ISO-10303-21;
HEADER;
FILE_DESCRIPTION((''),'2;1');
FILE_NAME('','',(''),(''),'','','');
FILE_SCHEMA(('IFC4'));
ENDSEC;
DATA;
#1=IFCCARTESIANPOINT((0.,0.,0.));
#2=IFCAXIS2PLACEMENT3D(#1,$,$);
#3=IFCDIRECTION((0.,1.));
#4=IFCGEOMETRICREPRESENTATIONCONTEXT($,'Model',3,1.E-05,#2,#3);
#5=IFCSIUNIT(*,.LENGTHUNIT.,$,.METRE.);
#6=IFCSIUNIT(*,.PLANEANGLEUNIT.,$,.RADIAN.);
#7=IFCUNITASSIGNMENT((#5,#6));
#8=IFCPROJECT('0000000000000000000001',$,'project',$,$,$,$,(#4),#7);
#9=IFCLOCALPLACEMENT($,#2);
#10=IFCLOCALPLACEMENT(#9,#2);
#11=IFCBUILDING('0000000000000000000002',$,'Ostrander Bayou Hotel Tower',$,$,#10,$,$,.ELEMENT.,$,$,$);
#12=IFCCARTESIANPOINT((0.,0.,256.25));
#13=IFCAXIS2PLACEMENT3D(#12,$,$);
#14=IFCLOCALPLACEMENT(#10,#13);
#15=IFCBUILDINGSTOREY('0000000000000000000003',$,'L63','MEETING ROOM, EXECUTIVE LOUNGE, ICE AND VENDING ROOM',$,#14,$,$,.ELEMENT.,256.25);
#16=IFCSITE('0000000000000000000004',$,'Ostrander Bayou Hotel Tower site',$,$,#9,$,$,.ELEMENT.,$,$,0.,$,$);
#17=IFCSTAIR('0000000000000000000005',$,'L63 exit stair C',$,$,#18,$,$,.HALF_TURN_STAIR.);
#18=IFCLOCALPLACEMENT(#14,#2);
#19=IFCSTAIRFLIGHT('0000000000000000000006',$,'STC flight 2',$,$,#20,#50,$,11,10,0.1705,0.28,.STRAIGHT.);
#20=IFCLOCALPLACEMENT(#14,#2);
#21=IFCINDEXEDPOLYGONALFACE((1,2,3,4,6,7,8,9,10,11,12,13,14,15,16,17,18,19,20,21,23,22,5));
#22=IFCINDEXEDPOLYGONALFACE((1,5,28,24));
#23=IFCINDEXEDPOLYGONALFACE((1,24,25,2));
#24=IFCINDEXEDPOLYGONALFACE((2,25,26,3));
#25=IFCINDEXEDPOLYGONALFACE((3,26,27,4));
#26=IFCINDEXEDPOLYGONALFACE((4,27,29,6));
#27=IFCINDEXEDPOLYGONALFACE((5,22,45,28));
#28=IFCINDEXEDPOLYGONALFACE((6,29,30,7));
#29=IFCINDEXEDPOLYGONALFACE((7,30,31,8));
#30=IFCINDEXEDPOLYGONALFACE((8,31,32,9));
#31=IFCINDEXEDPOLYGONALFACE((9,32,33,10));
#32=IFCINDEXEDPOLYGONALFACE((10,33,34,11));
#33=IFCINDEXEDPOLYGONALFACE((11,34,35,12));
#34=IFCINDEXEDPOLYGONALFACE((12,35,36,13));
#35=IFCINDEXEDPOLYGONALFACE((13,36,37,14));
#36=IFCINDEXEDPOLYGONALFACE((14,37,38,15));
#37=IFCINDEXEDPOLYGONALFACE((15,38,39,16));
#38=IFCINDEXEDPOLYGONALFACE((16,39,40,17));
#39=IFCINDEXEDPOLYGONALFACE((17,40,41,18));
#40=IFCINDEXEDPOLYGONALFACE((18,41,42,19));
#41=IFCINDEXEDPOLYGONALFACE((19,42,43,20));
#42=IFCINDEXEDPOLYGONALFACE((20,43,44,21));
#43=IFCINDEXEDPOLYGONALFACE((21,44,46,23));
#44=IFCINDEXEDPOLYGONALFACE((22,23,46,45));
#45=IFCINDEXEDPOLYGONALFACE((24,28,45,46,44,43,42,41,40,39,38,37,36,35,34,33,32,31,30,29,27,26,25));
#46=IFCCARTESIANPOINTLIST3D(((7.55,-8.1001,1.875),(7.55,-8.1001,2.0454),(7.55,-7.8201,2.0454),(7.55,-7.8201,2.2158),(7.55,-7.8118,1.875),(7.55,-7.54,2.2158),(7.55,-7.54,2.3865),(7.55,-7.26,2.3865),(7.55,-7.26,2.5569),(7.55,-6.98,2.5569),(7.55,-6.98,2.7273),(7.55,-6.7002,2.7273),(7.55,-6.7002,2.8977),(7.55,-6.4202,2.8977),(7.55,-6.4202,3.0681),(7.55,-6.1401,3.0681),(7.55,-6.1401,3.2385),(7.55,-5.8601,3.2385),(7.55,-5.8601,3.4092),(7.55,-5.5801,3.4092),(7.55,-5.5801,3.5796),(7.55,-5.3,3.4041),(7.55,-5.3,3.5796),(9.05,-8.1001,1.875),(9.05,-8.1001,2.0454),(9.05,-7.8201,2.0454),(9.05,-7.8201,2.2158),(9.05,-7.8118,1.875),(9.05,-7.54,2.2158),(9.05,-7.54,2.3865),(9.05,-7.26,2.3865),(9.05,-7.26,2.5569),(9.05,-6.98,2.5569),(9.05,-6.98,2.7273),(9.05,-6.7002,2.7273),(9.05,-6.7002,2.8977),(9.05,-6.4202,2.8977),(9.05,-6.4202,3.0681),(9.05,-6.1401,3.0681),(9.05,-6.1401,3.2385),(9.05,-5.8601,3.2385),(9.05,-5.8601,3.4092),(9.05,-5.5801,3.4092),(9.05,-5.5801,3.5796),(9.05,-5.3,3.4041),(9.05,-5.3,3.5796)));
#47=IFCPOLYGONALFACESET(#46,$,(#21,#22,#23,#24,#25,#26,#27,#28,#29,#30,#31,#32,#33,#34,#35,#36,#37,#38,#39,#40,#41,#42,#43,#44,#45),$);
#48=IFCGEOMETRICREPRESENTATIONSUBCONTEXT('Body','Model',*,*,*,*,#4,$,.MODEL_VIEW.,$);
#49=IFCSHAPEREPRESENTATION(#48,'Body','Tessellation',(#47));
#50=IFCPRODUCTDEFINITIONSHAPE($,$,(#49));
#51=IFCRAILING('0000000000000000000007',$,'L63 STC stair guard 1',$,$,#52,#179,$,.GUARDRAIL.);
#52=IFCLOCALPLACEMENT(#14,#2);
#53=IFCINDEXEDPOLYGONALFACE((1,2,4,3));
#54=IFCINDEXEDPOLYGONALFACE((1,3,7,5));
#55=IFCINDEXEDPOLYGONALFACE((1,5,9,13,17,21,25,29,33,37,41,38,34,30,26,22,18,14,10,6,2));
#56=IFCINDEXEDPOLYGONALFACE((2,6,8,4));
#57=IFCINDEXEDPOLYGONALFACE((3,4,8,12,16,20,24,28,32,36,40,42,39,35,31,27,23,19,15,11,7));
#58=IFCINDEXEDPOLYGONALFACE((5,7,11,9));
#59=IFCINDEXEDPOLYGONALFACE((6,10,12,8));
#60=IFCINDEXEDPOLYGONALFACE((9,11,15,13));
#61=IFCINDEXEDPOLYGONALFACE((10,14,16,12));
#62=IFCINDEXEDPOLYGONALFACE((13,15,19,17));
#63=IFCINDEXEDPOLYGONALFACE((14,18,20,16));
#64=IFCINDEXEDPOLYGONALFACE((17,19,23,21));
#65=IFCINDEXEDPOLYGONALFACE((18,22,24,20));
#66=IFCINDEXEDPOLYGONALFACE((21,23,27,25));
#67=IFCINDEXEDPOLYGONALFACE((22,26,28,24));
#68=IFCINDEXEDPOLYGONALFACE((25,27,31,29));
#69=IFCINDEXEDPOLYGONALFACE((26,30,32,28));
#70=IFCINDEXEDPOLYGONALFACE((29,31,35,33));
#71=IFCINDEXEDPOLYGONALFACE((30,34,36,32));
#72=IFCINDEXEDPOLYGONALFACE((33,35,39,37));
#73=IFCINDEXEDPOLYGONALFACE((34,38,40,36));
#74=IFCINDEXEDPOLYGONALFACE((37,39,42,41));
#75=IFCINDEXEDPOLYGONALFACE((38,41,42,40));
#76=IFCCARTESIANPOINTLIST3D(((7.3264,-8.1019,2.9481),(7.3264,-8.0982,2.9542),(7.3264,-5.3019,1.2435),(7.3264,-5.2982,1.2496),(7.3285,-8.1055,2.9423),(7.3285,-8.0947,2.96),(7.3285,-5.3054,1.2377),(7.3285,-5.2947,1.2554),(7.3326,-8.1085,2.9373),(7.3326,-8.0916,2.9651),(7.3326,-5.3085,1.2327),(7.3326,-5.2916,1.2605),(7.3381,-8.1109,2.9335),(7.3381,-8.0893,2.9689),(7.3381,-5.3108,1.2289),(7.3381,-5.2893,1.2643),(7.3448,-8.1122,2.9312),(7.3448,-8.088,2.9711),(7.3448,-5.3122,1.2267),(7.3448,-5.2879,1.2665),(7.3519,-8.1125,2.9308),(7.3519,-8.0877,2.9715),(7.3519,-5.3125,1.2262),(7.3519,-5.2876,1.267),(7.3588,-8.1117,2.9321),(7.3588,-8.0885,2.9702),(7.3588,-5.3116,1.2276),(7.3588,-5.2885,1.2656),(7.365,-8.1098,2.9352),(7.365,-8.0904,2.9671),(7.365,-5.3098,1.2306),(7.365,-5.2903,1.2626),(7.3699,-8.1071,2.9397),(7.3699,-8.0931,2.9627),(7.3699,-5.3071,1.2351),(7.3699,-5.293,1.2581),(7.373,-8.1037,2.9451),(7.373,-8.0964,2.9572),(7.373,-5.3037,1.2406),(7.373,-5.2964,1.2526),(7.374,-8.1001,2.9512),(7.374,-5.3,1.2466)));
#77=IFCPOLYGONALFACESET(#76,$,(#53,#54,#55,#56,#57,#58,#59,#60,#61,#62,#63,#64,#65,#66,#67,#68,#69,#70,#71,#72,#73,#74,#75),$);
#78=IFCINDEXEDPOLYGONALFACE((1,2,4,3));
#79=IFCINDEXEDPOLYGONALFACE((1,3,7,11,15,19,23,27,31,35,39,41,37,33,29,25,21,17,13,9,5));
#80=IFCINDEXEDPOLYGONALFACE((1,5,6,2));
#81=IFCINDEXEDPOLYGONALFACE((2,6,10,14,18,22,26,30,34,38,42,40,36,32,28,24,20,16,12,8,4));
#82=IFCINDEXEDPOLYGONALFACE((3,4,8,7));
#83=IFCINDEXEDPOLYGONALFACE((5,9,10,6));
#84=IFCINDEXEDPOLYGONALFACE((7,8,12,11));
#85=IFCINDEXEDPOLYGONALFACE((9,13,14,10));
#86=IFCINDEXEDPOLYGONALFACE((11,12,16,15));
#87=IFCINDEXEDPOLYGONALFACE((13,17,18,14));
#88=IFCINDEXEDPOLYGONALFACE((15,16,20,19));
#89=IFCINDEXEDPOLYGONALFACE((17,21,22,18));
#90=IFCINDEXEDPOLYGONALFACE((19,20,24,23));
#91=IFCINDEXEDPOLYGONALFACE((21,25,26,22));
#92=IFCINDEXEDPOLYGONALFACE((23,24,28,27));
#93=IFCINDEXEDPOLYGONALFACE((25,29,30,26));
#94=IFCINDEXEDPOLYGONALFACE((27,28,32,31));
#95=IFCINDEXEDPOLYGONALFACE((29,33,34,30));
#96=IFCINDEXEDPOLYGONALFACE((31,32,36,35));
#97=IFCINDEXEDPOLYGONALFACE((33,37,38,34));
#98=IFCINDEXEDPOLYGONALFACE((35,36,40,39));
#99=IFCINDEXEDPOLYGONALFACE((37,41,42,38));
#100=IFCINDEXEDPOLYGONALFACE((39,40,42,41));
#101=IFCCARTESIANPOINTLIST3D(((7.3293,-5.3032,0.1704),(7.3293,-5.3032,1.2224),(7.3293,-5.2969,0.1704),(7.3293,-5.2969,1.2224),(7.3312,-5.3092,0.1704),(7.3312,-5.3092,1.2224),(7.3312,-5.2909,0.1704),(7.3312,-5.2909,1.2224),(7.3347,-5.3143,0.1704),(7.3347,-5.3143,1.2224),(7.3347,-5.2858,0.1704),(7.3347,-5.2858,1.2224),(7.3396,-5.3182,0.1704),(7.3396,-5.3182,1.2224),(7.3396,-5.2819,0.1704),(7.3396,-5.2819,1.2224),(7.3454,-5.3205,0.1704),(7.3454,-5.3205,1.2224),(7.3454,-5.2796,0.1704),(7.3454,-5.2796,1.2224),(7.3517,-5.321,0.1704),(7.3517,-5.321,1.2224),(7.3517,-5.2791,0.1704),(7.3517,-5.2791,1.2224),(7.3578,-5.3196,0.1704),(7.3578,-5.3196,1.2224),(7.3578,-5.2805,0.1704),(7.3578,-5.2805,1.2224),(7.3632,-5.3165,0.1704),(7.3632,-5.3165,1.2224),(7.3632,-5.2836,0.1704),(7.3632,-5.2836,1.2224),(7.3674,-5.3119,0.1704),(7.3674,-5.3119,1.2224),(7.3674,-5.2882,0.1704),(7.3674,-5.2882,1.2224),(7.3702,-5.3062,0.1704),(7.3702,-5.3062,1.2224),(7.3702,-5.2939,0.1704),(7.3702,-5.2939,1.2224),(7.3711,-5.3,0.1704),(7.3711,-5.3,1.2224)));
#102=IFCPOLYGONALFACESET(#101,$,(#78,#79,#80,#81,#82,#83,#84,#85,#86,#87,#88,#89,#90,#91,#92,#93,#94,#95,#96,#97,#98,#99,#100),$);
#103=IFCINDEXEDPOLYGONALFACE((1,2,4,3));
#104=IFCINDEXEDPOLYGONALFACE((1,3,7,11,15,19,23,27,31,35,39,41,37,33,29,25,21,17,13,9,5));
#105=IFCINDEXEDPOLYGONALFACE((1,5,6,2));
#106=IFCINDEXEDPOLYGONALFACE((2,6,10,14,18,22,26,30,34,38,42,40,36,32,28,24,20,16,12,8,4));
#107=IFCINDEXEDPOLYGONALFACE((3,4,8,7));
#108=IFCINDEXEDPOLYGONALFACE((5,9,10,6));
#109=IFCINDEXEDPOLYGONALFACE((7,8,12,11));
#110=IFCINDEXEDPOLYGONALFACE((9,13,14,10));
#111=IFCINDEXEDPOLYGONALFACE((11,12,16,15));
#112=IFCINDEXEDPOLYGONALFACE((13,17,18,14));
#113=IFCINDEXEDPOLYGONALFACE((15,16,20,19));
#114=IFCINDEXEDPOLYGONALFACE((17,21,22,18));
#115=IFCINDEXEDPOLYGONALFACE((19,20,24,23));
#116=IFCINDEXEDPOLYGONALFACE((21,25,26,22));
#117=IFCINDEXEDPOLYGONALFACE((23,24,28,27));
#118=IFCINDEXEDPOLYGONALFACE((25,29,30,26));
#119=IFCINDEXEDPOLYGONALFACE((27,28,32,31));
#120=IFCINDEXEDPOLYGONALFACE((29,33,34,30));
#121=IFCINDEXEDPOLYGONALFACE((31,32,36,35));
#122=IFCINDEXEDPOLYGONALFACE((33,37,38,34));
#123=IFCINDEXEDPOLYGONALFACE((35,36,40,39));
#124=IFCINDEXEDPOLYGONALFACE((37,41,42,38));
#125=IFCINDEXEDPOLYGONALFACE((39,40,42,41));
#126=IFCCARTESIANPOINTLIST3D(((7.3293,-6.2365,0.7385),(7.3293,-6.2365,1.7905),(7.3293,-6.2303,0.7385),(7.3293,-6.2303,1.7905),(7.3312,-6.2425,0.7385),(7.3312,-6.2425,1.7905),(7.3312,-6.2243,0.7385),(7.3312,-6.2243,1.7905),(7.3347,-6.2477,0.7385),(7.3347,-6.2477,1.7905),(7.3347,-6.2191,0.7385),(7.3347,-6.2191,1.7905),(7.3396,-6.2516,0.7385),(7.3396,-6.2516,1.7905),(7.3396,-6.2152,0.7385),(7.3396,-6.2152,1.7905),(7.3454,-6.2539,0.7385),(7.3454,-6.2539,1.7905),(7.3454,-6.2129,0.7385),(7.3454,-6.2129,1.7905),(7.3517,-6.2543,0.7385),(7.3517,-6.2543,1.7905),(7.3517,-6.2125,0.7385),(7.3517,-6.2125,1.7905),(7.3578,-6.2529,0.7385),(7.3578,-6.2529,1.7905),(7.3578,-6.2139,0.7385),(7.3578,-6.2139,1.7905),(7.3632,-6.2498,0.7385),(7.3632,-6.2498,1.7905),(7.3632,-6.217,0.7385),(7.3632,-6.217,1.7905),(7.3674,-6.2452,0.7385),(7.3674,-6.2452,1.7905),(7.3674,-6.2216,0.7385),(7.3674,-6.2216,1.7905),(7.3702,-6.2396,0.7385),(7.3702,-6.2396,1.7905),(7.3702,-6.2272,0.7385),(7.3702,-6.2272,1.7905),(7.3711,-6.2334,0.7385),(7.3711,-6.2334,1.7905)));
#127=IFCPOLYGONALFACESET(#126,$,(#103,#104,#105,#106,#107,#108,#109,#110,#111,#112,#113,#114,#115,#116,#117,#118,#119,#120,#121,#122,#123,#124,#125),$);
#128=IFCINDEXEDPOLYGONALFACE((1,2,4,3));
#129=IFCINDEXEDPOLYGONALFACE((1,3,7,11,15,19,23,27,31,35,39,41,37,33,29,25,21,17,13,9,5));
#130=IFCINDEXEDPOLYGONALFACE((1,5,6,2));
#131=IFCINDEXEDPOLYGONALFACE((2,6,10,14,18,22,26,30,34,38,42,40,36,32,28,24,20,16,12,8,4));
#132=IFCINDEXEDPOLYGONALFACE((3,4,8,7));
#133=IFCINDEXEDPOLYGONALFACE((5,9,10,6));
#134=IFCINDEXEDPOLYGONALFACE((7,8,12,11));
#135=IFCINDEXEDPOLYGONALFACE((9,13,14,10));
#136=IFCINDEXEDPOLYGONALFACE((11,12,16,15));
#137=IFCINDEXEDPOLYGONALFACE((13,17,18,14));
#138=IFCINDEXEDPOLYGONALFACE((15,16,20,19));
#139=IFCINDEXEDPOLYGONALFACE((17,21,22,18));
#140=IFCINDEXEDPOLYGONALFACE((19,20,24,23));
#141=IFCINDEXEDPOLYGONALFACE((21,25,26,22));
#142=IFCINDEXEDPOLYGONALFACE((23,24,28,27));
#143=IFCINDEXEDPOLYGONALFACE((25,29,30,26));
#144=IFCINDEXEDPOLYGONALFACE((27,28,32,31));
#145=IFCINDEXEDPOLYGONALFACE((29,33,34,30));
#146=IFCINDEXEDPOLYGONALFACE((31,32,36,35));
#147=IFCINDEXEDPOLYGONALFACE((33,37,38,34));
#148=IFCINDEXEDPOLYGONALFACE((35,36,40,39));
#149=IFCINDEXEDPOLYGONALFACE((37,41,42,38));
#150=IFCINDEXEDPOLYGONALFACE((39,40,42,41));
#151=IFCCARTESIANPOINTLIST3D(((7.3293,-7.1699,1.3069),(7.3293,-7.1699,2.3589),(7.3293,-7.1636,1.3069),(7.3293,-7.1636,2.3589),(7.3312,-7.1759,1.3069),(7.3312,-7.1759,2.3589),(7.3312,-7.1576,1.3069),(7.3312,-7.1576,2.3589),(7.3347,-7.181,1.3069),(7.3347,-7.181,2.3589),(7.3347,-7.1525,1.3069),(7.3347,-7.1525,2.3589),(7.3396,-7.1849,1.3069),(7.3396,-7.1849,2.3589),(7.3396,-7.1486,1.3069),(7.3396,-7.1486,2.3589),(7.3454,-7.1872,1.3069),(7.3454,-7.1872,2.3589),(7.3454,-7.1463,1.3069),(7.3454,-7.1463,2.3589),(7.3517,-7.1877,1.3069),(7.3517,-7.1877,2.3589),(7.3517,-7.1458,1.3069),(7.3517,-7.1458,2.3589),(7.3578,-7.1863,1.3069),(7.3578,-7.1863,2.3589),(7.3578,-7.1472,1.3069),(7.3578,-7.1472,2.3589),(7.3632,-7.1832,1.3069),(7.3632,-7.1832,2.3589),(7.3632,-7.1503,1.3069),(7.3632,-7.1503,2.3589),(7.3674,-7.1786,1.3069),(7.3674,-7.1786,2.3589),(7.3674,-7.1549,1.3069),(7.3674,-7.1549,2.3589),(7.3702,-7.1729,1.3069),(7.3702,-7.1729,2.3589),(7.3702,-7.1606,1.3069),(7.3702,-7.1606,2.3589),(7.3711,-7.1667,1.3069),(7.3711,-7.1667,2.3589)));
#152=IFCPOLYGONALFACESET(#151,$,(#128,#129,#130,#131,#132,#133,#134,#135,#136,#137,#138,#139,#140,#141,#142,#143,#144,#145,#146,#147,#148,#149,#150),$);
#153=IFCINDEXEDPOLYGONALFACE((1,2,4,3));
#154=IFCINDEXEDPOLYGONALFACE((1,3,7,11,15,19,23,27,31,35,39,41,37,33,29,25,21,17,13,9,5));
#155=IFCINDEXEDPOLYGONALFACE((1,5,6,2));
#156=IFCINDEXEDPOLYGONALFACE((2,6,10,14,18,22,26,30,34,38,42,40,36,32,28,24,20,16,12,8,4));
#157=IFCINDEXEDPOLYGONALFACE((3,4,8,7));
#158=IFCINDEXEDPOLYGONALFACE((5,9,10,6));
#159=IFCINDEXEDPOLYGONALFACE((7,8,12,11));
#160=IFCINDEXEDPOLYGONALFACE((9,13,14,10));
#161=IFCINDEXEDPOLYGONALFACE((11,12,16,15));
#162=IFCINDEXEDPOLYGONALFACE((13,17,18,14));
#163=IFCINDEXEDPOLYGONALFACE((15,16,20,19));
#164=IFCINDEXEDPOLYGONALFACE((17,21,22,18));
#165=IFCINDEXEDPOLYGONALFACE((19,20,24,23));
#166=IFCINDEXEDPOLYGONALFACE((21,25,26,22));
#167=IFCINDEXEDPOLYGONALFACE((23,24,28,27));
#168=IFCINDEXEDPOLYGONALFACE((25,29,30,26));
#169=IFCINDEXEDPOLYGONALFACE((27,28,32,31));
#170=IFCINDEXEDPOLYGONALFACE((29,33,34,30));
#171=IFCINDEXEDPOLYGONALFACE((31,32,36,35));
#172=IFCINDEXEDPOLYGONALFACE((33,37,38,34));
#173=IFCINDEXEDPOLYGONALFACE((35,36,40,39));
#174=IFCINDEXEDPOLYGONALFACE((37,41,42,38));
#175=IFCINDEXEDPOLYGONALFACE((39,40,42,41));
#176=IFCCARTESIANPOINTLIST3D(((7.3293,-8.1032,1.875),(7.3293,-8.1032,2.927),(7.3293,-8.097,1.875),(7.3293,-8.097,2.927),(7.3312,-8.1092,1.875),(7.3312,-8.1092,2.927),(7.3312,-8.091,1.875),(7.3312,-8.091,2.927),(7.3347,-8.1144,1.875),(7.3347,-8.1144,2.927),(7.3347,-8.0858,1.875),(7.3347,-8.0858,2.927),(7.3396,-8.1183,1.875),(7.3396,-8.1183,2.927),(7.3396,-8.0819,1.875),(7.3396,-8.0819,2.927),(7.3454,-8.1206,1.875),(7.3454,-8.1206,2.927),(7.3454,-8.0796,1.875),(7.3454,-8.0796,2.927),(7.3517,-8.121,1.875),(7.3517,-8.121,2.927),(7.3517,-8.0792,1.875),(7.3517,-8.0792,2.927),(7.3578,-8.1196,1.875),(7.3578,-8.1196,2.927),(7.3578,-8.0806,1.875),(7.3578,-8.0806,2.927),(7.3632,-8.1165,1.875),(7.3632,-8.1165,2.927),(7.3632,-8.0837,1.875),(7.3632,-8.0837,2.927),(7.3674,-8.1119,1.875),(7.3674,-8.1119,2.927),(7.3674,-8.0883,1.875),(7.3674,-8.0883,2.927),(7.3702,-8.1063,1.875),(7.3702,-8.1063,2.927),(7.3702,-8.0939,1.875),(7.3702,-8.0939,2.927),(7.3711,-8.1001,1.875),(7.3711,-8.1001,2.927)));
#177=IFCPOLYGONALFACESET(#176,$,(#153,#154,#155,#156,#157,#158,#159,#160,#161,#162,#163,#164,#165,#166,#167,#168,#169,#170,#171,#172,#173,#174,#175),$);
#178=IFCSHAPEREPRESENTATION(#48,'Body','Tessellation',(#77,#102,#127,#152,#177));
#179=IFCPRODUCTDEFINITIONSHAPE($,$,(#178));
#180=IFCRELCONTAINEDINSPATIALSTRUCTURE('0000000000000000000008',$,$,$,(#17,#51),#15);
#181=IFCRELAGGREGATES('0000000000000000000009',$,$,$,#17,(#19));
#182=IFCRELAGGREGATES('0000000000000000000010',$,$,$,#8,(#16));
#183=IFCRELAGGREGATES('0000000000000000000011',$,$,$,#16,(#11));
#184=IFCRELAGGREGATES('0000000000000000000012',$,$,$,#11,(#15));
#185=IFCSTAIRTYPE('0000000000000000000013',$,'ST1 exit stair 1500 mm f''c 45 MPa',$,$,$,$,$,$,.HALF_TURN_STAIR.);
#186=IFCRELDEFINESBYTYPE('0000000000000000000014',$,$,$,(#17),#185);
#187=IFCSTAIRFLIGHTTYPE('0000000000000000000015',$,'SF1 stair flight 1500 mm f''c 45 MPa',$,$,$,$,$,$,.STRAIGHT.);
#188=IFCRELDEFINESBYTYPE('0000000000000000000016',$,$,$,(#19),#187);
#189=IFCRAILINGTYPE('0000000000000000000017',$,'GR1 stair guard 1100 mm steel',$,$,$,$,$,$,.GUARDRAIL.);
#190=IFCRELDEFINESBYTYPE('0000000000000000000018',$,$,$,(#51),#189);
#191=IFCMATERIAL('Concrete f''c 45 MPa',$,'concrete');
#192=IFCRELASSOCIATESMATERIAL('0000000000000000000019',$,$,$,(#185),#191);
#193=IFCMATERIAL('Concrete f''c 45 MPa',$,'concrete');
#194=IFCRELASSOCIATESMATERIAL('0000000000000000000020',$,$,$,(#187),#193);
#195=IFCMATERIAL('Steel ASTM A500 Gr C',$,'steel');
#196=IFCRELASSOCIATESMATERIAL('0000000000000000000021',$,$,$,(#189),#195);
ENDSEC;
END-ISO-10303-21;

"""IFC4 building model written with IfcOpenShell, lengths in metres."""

from ifc_helpers import new_model, si_unit, direction, frame, origin, origin_2d, place, context, subcontext, project, spatial, polyline, circle, outline, extrude, material, type_object, element, aggregate, save


model = new_model("IFC4")

# Units and contexts
model_context = context("Model", 3, precision=1e-05, world=origin(), true_north=direction((0.0, 1.0)))
body_context = subcontext(model_context, "Body", "Model", "MODEL_VIEW")
ifc_project = project(units=[si_unit("LENGTHUNIT", "METRE"), si_unit("PLANEANGLEUNIT", "RADIAN")], contexts=[model_context])

# Site, building, storey
site_placement = place(None, origin())
site = spatial("IfcSite", under=ifc_project, at=site_placement, Name="Ostrander Bayou Hotel Tower site", CompositionType="ELEMENT", RefElevation=0.0)
building_placement = place(site_placement, origin())
building = spatial("IfcBuilding", under=site, at=building_placement, Name="Ostrander Bayou Hotel Tower", CompositionType="ELEMENT")
storey_placement = place(building_placement, frame((0.0, 0.0, 256.25)))
storey = spatial("IfcBuildingStorey", under=building, at=storey_placement, Name="L63", Description="MEETING ROOM, EXECUTIVE LOUNGE, ICE AND VENDING ROOM", CompositionType="ELEMENT", Elevation=256.25)

# Stair, stair flight
ifc_material_1 = material(Name="Concrete f'c 45 MPa", Category="concrete")
stair_type = type_object("IfcStairType", Name="ST1 exit stair 1500 mm f'c 45 MPa", PredefinedType="HALF_TURN_STAIR", material=ifc_material_1)
stair_placement = place(storey_placement, origin())
stair = element("IfcStair", 1, at=stair_placement, inside=storey, type_object=stair_type, Name="L63 exit stair C", PredefinedType="HALF_TURN_STAIR")
ifc_material_2 = material(Name="Concrete f'c 45 MPa", Category="concrete")
stair_flight_type = type_object("IfcStairFlightType", Name="SF1 stair flight 1500 mm f'c 45 MPa", PredefinedType="STRAIGHT", material=ifc_material_2)
stair_flight_1_placement = place(storey_placement, frame((8.3, -8.1001, 1.875), z_axis=(0.0, 0.0, 1.0), x_axis=(0.0, 1.0, 0.0)))
stair_flight_1 = element("IfcStairFlight", 2, at=stair_flight_1_placement, type_object=stair_flight_type, Name="STC flight 2", NumberOfRisers=11, NumberOfTreads=10, PredefinedType="STRAIGHT", RiserHeight=0.1705, TreadLength=0.28, context=body_context, shape_type="SweptSolid", body=[
    extrude(outline(polyline([(0.0, 0.0), (0.0, 0.1704), (0.28, 0.1704), (0.28, 0.3408), (0.5601, 0.3408), (0.5601, 0.5115), (0.8401, 0.5115), (0.8401, 0.6819), (1.1201, 0.6819), (1.1201, 0.8523), (1.3999, 0.8523), (1.3999, 1.0227), (1.6799, 1.0227), (1.6799, 1.1931), (1.96, 1.1931), (1.96, 1.3635), (2.24, 1.3635), (2.24, 1.5342), (2.52, 1.5342), (2.52, 1.7046), (2.8, 1.7046), (2.8, 1.875), (2.8, 1.5291), (0.2883, 0.0), (0.0, 0.0)])), frame((0.0, 0.75, 0.0), z_axis=(0.0, -1.0, 0.0), x_axis=(1.0, 0.0, 0.0)), (0.0, 0.0, 1.0), 1.5),
])
aggregate(stair, [stair_flight_1])

# Railing
ifc_material_3 = material(Name="Steel ASTM A500 Gr C", Category="steel")
railing_type_1 = type_object("IfcRailingType", Name="GR1 stair guard 1100 mm steel", PredefinedType="GUARDRAIL", material=ifc_material_3)
railing_1_placement = place(storey_placement, frame((7.3501, -5.3, 0.1704)))
element("IfcRailing", 3, at=railing_1_placement, inside=storey, type_object=railing_type_1, Name="L63 STC stair guard 1", PredefinedType="GUARDRAIL", context=body_context, shape_type="SweptSolid", body=[
    extrude(circle(Radius=0.0239, at=origin_2d()), frame((0.0, 0.0, 1.0762), z_axis=(0.0, -0.85417, 0.519994), x_axis=(1.0, 0.0, 0.0)), (0.0, 0.0, 1.0), 3.2781),
    extrude(circle(Radius=0.021, at=origin_2d()), origin(), (0.0, 0.0, 1.0), 1.052),
    extrude(circle(Radius=0.021, at=origin_2d()), frame((0.0, -0.9333, 0.5681)), (0.0, 0.0, 1.0), 1.052),
    extrude(circle(Radius=0.021, at=origin_2d()), frame((0.0, -1.8667, 1.1365)), (0.0, 0.0, 1.0), 1.052),
    extrude(circle(Radius=0.021, at=origin_2d()), frame((0.0, -2.8, 1.7046)), (0.0, 0.0, 1.0), 1.052),
])

save(model, "model.ifc")
